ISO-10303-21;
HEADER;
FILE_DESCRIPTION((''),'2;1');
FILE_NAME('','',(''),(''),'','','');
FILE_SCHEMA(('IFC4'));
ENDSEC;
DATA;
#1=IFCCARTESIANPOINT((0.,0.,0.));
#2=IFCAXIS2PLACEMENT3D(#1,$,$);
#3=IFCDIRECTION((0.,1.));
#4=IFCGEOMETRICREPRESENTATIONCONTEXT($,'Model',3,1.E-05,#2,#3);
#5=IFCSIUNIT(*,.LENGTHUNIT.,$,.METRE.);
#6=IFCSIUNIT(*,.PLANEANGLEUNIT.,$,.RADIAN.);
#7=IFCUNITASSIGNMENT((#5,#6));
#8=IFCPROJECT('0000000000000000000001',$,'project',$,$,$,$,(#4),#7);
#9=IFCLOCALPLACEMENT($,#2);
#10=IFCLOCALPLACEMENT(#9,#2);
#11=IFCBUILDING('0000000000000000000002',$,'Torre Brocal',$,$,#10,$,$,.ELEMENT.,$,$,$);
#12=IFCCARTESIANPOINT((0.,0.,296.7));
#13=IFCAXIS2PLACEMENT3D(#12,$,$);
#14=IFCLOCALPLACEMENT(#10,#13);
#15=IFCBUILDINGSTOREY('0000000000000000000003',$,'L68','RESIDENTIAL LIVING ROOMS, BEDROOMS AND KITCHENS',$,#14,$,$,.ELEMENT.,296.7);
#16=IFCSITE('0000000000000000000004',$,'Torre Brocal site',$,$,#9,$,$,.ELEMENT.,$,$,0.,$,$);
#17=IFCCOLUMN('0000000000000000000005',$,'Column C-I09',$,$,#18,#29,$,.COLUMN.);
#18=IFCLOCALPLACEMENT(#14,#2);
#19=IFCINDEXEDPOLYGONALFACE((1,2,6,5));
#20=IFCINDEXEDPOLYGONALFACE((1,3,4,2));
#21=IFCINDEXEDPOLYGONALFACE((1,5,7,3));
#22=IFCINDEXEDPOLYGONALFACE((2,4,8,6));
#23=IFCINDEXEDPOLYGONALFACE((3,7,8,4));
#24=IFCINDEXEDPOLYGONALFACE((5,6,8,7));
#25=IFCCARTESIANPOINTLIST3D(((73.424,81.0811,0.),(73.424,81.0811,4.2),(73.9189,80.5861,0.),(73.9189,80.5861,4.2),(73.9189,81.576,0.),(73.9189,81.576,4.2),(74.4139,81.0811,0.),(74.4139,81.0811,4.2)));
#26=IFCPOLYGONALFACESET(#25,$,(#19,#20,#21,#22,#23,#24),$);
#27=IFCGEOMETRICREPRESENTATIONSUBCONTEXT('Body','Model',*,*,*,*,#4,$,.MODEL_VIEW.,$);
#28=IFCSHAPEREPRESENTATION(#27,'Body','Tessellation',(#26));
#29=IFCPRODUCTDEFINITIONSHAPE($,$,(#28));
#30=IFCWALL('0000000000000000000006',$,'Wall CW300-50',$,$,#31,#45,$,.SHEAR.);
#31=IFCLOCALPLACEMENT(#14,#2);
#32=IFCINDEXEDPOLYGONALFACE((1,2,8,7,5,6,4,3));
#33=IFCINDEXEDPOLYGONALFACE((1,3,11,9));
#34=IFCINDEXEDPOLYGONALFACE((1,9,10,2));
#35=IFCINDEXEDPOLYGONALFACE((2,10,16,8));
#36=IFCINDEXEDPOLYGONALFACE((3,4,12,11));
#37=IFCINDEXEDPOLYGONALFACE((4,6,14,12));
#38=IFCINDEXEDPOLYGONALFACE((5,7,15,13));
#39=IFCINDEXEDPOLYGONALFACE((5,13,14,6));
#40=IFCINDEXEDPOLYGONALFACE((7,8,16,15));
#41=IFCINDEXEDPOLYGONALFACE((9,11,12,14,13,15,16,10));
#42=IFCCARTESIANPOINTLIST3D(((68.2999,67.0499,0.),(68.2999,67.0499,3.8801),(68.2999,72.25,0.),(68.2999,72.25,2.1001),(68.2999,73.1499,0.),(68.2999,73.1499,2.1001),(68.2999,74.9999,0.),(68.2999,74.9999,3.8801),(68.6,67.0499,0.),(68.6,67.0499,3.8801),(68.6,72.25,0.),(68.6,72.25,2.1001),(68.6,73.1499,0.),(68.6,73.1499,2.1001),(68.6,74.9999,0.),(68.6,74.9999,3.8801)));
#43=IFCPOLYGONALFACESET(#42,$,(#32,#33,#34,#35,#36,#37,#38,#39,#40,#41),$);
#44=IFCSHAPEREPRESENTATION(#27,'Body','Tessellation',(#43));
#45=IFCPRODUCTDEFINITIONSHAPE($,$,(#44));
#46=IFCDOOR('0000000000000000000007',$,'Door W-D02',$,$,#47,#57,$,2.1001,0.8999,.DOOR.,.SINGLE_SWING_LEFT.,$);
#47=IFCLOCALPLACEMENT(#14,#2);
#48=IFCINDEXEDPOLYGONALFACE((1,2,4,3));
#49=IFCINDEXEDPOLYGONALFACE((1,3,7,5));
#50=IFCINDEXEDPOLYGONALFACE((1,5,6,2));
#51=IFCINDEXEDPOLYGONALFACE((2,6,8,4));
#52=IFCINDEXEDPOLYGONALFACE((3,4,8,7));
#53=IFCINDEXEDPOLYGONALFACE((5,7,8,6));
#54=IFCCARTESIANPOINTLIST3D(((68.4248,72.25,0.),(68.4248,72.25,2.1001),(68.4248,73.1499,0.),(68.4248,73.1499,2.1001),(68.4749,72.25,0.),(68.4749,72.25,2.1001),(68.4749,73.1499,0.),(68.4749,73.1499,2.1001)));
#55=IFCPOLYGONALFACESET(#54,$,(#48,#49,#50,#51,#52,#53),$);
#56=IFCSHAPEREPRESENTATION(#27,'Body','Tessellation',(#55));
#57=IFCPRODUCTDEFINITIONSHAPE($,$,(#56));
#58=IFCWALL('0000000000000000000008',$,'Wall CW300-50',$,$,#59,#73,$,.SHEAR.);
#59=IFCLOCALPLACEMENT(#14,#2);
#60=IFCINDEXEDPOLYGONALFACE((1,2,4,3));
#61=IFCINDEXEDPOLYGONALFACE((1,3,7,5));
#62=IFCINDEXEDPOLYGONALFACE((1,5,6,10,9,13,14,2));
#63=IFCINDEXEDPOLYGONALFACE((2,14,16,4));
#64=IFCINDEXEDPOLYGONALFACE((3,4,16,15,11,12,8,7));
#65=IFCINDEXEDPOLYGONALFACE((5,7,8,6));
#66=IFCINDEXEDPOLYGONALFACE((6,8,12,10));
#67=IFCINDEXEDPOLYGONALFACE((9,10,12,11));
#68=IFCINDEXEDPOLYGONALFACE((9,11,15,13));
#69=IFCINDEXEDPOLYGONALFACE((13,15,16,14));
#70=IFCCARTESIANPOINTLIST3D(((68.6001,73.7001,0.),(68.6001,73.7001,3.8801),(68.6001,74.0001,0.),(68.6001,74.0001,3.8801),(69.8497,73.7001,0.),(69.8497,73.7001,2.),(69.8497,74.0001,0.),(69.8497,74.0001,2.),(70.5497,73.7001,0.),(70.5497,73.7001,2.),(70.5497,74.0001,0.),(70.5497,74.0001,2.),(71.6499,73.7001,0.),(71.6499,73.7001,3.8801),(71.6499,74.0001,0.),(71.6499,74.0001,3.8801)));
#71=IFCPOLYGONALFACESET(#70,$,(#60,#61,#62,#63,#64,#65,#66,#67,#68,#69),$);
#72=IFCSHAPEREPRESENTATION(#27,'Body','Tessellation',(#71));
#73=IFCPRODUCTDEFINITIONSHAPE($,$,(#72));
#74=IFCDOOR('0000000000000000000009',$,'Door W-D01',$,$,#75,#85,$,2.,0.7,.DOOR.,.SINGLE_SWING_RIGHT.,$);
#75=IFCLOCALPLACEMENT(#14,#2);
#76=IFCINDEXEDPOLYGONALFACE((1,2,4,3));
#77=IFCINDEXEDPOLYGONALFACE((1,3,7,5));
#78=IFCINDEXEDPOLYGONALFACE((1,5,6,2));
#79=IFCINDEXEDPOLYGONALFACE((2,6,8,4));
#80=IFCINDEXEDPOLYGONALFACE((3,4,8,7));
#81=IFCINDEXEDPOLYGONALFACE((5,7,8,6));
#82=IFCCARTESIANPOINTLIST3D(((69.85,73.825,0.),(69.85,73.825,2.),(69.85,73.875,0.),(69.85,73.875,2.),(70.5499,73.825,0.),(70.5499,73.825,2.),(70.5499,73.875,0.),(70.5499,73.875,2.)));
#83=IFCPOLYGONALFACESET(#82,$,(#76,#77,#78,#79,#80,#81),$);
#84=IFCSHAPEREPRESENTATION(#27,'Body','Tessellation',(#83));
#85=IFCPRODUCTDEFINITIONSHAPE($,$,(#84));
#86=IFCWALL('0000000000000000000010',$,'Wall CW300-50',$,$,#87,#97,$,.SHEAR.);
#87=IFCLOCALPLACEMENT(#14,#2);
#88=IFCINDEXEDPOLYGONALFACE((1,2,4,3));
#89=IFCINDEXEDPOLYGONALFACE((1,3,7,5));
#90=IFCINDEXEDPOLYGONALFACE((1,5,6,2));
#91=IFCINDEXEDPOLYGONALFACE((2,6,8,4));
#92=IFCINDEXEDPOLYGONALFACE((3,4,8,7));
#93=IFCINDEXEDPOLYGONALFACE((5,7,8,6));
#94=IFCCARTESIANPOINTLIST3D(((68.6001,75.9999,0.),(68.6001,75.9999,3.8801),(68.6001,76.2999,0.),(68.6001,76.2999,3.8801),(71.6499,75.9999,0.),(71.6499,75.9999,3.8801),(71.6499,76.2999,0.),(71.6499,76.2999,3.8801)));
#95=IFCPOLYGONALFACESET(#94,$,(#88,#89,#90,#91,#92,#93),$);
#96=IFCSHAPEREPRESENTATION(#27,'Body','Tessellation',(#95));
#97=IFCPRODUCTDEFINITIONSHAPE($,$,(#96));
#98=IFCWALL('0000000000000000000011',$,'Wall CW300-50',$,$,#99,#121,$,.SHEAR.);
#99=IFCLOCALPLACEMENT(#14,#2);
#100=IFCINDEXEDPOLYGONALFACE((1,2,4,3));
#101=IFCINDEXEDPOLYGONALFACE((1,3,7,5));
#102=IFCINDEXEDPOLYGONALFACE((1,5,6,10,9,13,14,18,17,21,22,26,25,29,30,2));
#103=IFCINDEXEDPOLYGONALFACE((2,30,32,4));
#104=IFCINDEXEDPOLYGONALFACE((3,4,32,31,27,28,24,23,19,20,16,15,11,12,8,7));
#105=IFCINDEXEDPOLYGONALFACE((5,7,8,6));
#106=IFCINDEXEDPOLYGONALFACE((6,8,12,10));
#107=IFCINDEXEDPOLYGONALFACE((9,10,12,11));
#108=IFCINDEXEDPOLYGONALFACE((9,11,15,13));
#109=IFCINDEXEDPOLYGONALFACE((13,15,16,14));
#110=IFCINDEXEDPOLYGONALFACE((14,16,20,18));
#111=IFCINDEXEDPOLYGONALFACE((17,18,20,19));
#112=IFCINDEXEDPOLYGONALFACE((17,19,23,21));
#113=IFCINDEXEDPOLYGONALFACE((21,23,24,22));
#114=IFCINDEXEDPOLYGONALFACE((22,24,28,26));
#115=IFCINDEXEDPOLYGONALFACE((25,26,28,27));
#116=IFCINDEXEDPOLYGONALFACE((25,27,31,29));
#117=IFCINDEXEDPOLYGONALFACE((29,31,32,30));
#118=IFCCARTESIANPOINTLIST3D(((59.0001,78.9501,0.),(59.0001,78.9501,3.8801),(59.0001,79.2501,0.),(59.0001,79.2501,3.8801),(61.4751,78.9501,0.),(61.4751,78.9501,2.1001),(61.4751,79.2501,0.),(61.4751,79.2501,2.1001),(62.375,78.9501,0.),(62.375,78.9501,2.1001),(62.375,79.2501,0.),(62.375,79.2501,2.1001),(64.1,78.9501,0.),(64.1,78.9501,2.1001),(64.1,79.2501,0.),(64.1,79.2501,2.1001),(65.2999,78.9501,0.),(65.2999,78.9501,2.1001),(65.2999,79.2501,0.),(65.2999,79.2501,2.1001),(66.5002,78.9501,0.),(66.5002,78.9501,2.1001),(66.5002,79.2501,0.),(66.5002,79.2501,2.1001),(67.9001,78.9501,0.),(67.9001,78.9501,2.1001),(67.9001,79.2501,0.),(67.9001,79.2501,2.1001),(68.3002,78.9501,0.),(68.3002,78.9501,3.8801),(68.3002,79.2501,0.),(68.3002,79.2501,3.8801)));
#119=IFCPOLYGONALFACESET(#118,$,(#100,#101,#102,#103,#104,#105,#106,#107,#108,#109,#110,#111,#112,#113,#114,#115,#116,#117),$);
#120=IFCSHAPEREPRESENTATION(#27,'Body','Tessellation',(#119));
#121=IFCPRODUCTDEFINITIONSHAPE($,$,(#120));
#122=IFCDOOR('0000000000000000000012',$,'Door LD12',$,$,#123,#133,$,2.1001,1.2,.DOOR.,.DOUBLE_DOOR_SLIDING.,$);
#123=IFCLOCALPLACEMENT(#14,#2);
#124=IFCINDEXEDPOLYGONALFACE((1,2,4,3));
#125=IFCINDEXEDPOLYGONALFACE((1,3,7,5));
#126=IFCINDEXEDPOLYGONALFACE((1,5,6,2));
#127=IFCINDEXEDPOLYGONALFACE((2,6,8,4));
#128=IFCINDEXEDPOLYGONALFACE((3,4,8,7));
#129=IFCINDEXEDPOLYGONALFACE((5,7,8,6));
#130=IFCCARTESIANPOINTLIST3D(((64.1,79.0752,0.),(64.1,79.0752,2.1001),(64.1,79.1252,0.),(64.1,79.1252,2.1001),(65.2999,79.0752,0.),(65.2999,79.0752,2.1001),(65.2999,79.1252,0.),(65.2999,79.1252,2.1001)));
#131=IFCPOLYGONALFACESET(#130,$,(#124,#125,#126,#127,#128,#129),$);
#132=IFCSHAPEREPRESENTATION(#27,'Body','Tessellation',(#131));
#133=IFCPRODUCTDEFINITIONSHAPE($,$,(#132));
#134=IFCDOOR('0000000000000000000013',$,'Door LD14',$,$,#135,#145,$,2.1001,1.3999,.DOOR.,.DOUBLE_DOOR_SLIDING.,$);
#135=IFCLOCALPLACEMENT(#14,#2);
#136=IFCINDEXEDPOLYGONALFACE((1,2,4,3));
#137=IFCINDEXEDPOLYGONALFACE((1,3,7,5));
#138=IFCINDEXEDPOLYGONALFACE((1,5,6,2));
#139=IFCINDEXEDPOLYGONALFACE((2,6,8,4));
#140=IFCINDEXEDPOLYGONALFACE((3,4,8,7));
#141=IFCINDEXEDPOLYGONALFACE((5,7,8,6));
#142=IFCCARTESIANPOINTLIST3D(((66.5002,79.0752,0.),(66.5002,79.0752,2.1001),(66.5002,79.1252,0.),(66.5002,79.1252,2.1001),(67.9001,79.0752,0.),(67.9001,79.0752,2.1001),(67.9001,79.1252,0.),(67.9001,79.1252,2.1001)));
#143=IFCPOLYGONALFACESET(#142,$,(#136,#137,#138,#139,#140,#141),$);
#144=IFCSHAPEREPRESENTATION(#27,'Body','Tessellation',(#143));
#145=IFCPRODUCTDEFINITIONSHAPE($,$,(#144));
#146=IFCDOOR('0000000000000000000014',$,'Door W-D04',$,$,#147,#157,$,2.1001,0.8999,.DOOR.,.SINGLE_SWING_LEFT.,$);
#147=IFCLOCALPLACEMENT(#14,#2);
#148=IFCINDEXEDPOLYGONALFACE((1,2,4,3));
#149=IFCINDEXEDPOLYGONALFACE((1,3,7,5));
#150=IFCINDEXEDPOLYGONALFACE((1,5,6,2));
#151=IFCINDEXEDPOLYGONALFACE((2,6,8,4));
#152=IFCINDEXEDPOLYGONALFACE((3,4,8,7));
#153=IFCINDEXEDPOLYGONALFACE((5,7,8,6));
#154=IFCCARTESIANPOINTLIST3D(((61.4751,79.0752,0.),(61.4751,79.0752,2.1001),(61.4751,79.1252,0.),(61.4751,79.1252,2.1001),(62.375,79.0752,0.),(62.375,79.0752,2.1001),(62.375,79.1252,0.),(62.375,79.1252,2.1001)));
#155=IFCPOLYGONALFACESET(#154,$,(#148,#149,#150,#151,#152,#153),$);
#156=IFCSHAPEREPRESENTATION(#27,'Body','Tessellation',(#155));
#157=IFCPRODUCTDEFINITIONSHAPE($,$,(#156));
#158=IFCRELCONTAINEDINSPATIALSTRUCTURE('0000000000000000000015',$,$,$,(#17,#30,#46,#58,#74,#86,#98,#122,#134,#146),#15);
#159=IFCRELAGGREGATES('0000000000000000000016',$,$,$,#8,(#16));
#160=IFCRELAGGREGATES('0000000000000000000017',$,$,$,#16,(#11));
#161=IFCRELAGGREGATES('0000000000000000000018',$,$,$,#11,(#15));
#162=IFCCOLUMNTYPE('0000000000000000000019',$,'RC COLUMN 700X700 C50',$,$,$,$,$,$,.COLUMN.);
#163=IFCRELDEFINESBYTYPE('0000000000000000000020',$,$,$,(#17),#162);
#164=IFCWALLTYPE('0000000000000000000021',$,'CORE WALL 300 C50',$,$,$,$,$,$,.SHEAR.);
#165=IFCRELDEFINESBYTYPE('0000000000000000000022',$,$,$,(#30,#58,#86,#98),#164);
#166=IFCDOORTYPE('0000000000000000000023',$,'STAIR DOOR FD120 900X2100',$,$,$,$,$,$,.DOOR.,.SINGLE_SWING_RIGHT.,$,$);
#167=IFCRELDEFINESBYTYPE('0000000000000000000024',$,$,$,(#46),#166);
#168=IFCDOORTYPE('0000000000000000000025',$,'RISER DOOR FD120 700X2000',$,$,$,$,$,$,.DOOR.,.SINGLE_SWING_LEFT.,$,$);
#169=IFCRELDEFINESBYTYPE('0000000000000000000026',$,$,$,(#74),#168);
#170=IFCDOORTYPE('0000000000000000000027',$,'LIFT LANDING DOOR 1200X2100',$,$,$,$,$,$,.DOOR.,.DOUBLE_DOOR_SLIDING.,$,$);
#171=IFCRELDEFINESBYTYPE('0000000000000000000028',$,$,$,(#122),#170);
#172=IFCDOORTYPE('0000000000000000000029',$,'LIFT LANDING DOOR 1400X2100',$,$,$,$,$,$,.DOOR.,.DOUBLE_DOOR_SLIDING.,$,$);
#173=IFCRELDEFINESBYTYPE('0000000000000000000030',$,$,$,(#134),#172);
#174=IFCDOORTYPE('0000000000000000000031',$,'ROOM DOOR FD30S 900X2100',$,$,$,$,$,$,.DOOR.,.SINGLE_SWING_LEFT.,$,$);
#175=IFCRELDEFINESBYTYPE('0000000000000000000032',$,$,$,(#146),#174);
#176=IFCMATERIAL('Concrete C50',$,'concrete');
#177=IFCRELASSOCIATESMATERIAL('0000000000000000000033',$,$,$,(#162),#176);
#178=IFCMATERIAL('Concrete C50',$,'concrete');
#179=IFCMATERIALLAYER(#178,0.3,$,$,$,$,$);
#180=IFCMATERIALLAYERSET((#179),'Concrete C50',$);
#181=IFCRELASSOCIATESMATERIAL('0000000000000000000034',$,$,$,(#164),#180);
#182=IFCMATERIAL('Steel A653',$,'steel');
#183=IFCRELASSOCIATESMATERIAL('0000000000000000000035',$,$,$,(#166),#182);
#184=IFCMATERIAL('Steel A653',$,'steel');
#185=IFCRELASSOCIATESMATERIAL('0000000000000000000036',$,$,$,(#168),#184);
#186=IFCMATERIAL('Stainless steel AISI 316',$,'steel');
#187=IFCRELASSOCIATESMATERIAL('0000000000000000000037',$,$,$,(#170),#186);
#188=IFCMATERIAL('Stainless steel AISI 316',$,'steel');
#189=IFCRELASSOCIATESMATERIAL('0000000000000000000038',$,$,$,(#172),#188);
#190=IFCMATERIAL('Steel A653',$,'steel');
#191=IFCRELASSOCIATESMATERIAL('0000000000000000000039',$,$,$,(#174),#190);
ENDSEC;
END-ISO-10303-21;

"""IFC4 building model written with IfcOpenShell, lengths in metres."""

from ifc_helpers import new_model, si_unit, direction, frame, frame_2d, origin, origin_2d, place, context, subcontext, project, spatial, rectangle, extrude, material, layer, layer_set, material_profile, profile_set, type_object, element, fill, save


model = new_model("IFC4")

# Units and contexts
model_context = context("Model", 3, precision=1e-05, world=origin(), true_north=direction((0.0, 1.0)))
body_context = subcontext(model_context, "Body", "Model", "MODEL_VIEW")
ifc_project = project(units=[si_unit("LENGTHUNIT", "METRE"), si_unit("PLANEANGLEUNIT", "RADIAN")], contexts=[model_context])

# Site, building, storey
site_placement = place(None, origin())
site = spatial("IfcSite", under=ifc_project, at=site_placement, Name="Torre Brocal site", CompositionType="ELEMENT", RefElevation=0.0)
building_placement = place(site_placement, origin())
building = spatial("IfcBuilding", under=site, at=building_placement, Name="Torre Brocal", CompositionType="ELEMENT")
storey_placement = place(building_placement, frame((0.0, 0.0, 296.7)))
storey = spatial("IfcBuildingStorey", under=building, at=storey_placement, Name="L68", Description="RESIDENTIAL LIVING ROOMS, BEDROOMS AND KITCHENS", CompositionType="ELEMENT", Elevation=296.7)

# Column
ifc_material_1 = material(Name="Concrete C50", Category="concrete")
ifc_material_profile = material_profile(ifc_material_1, rectangle(XDim=0.7, YDim=0.7, at=origin_2d()), Name="RC 700X700")
ifc_profile_set = profile_set([ifc_material_profile], Name="Concrete C50")
column_type = type_object("IfcColumnType", Name="RC COLUMN 700X700 C50", PredefinedType="COLUMN", material=ifc_profile_set)
column_placement = place(storey_placement, frame((73.9189, 81.0811, 0.0), z_axis=(0.0, 0.0, 1.0), x_axis=(-0.707107, 0.707107, 0.0)))
element("IfcColumn", 1, at=column_placement, inside=storey, type_object=column_type, Name="Column C-I09", PredefinedType="COLUMN", context=body_context, shape_type="SweptSolid", body=[
    extrude(rectangle(XDim=0.7, YDim=0.7, at=origin_2d()), origin(), (0.0, 0.0, 1.0), 4.2),
])

# Walls, openings, doors
ifc_material_2 = material(Name="Concrete C50", Category="concrete")
ifc_layer_1 = layer(ifc_material_2, 0.3)
ifc_layer_set_1 = layer_set([ifc_layer_1], Name="Concrete C50")
wall_type_1 = type_object("IfcWallType", Name="CORE WALL 300 C50", PredefinedType="SHEAR", material=ifc_layer_set_1)
wall_1_placement = place(storey_placement, frame((68.45, 75.0, 0.0), z_axis=(0.0, 0.0, 1.0), x_axis=(0.0, -1.0, 0.0)))
wall_1 = element("IfcWall", 2, at=wall_1_placement, inside=storey, type_object=wall_type_1, Name="Wall CW300-50", PredefinedType="SHEAR", context=body_context, shape_type="SweptSolid", body=[
    extrude(rectangle(XDim=7.95, YDim=0.3, at=frame_2d((3.9751, 0.0))), origin(), (0.0, 0.0, 1.0), 3.8801),
])
opening_1_placement = place(wall_1_placement, frame((1.8501, 0.0, 0.0)))
opening_1 = element("IfcOpeningElement", 3, at=opening_1_placement, cuts=wall_1, PredefinedType="OPENING", context=body_context, shape_type="SweptSolid", body=[
    extrude(rectangle(XDim=0.8999, YDim=2.1001, at=frame_2d((0.45, 1.05))), frame((0.0, 0.1599, 0.0), z_axis=(0.0, -1.0, 0.0), x_axis=(1.0, 0.0, 0.0)), (0.0, 0.0, 1.0), 0.3201),
])
ifc_material_3 = material(Name="Steel A653", Category="steel")
door_type_1 = type_object("IfcDoorType", Name="STAIR DOOR FD120 900X2100", OperationType="SINGLE_SWING_RIGHT", PredefinedType="DOOR", material=ifc_material_3)
door_1_placement = place(opening_1_placement, origin())
door_1 = element("IfcDoor", 4, at=door_1_placement, inside=storey, type_object=door_type_1, Name="Door W-D02", OperationType="SINGLE_SWING_LEFT", OverallHeight=2.1001, OverallWidth=0.8999, PredefinedType="DOOR", context=body_context, shape_type="SweptSolid", body=[
    extrude(rectangle(XDim=0.8999, YDim=2.1001, at=frame_2d((0.45, 1.05))), frame((0.0, 0.0249, 0.0), z_axis=(0.0, -1.0, 0.0), x_axis=(1.0, 0.0, 0.0)), (0.0, 0.0, 1.0), 0.05),
])
fill(opening_1, door_1)
wall_2_placement = place(storey_placement, frame((71.6499, 73.8501, 0.0), z_axis=(0.0, 0.0, 1.0), x_axis=(-1.0, 0.0, 0.0)))
wall_2 = element("IfcWall", 5, at=wall_2_placement, inside=storey, type_object=wall_type_1, Name="Wall CW300-50", PredefinedType="SHEAR", context=body_context, shape_type="SweptSolid", body=[
    extrude(rectangle(XDim=3.0498, YDim=0.3, at=frame_2d((1.5249, 0.0))), origin(), (0.0, 0.0, 1.0), 3.8801),
])
opening_2_placement = place(wall_2_placement, frame((1.1001, 0.0, 0.0)))
opening_2 = element("IfcOpeningElement", 6, at=opening_2_placement, cuts=wall_2, PredefinedType="OPENING", context=body_context, shape_type="SweptSolid", body=[
    extrude(rectangle(XDim=0.7, YDim=2.0, at=frame_2d((0.3501, 1.0))), frame((0.0, 0.1599, 0.0), z_axis=(0.0, -1.0, 0.0), x_axis=(1.0, 0.0, 0.0)), (0.0, 0.0, 1.0), 0.3201),
])
ifc_material_4 = material(Name="Steel A653", Category="steel")
door_type_2 = type_object("IfcDoorType", Name="RISER DOOR FD120 700X2000", OperationType="SINGLE_SWING_LEFT", PredefinedType="DOOR", material=ifc_material_4)
door_2_placement = place(opening_2_placement, frame((0.7, 0.0, 0.0), z_axis=(0.0, 0.0, 1.0), x_axis=(-1.0, 0.0, 0.0)))
door_2 = element("IfcDoor", 7, at=door_2_placement, inside=storey, type_object=door_type_2, Name="Door W-D01", OperationType="SINGLE_SWING_RIGHT", OverallHeight=2.0, OverallWidth=0.7, PredefinedType="DOOR", context=body_context, shape_type="SweptSolid", body=[
    extrude(rectangle(XDim=0.7, YDim=2.0, at=frame_2d((0.3501, 1.0))), frame((0.0, 0.0249, 0.0), z_axis=(0.0, -1.0, 0.0), x_axis=(1.0, 0.0, 0.0)), (0.0, 0.0, 1.0), 0.05),
])
fill(opening_2, door_2)

# Wall
wall_3_placement = place(storey_placement, frame((71.6499, 76.1499, 0.0), z_axis=(0.0, 0.0, 1.0), x_axis=(-1.0, 0.0, 0.0)))
element("IfcWall", 8, at=wall_3_placement, inside=storey, type_object=wall_type_1, Name="Wall CW300-50", PredefinedType="SHEAR", context=body_context, shape_type="SweptSolid", body=[
    extrude(rectangle(XDim=3.0498, YDim=0.3, at=frame_2d((1.5249, 0.0))), origin(), (0.0, 0.0, 1.0), 3.8801),
])

# Wall, openings, doors
wall_4_placement = place(storey_placement, frame((68.3, 79.1001, 0.0), z_axis=(0.0, 0.0, 1.0), x_axis=(-1.0, 0.0, 0.0)))
wall_4 = element("IfcWall", 9, at=wall_4_placement, inside=storey, type_object=wall_type_1, Name="Wall CW300-50", PredefinedType="SHEAR", context=body_context, shape_type="SweptSolid", body=[
    extrude(rectangle(XDim=9.3, YDim=0.3, at=frame_2d((4.6499, 0.0))), origin(), (0.0, 0.0, 1.0), 3.8801),
])
opening_3_placement = place(wall_4_placement, frame((0.3999, 0.0, 0.0)))
opening_3 = element("IfcOpeningElement", 10, at=opening_3_placement, cuts=wall_4, PredefinedType="OPENING", context=body_context, shape_type="SweptSolid", body=[
    extrude(rectangle(XDim=1.3999, YDim=2.1001, at=frame_2d((0.7, 1.05))), frame((0.0, 0.1599, 0.0), z_axis=(0.0, -1.0, 0.0), x_axis=(1.0, 0.0, 0.0)), (0.0, 0.0, 1.0), 0.3201),
])
opening_4_placement = place(wall_4_placement, frame((3.0, 0.0, 0.0)))
opening_4 = element("IfcOpeningElement", 11, at=opening_4_placement, cuts=wall_4, PredefinedType="OPENING", context=body_context, shape_type="SweptSolid", body=[
    extrude(rectangle(XDim=1.2, YDim=2.1001, at=frame_2d((0.6001, 1.05))), frame((0.0, 0.1599, 0.0), z_axis=(0.0, -1.0, 0.0), x_axis=(1.0, 0.0, 0.0)), (0.0, 0.0, 1.0), 0.3201),
])
opening_5_placement = place(wall_4_placement, frame((5.925, 0.0, 0.0)))
opening_5 = element("IfcOpeningElement", 12, at=opening_5_placement, cuts=wall_4, PredefinedType="OPENING", context=body_context, shape_type="SweptSolid", body=[
    extrude(rectangle(XDim=0.8999, YDim=2.1001, at=frame_2d((0.45, 1.05))), frame((0.0, 0.1599, 0.0), z_axis=(0.0, -1.0, 0.0), x_axis=(1.0, 0.0, 0.0)), (0.0, 0.0, 1.0), 0.3201),
])
ifc_material_5 = material(Name="Stainless steel AISI 316", Category="steel")
door_type_3 = type_object("IfcDoorType", Name="LIFT LANDING DOOR 1200X2100", OperationType="DOUBLE_DOOR_SLIDING", PredefinedType="DOOR", material=ifc_material_5)
door_3_placement = place(opening_4_placement, origin())
door_3 = element("IfcDoor", 13, at=door_3_placement, inside=storey, type_object=door_type_3, Name="Door LD12", OperationType="DOUBLE_DOOR_SLIDING", OverallHeight=2.1001, OverallWidth=1.2, PredefinedType="DOOR", context=body_context, shape_type="SweptSolid", body=[
    extrude(rectangle(XDim=1.2, YDim=2.1001, at=frame_2d((0.6001, 1.05))), frame((0.0, 0.0249, 0.0), z_axis=(0.0, -1.0, 0.0), x_axis=(1.0, 0.0, 0.0)), (0.0, 0.0, 1.0), 0.05),
])
fill(opening_4, door_3)
ifc_material_6 = material(Name="Stainless steel AISI 316", Category="steel")
door_type_4 = type_object("IfcDoorType", Name="LIFT LANDING DOOR 1400X2100", OperationType="DOUBLE_DOOR_SLIDING", PredefinedType="DOOR", material=ifc_material_6)
door_4_placement = place(opening_3_placement, origin())
door_4 = element("IfcDoor", 14, at=door_4_placement, inside=storey, type_object=door_type_4, Name="Door LD14", OperationType="DOUBLE_DOOR_SLIDING", OverallHeight=2.1001, OverallWidth=1.3999, PredefinedType="DOOR", context=body_context, shape_type="SweptSolid", body=[
    extrude(rectangle(XDim=1.3999, YDim=2.1001, at=frame_2d((0.7, 1.05))), frame((0.0, 0.0249, 0.0), z_axis=(0.0, -1.0, 0.0), x_axis=(1.0, 0.0, 0.0)), (0.0, 0.0, 1.0), 0.05),
])
fill(opening_3, door_4)
ifc_material_7 = material(Name="Steel A653", Category="steel")
door_type_5 = type_object("IfcDoorType", Name="ROOM DOOR FD30S 900X2100", OperationType="SINGLE_SWING_LEFT", PredefinedType="DOOR", material=ifc_material_7)
door_5_placement = place(opening_5_placement, origin())
door_5 = element("IfcDoor", 15, at=door_5_placement, inside=storey, type_object=door_type_5, Name="Door W-D04", OperationType="SINGLE_SWING_LEFT", OverallHeight=2.1001, OverallWidth=0.8999, PredefinedType="DOOR", context=body_context, shape_type="SweptSolid", body=[
    extrude(rectangle(XDim=0.8999, YDim=2.1001, at=frame_2d((0.45, 1.05))), frame((0.0, 0.0249, 0.0), z_axis=(0.0, -1.0, 0.0), x_axis=(1.0, 0.0, 0.0)), (0.0, 0.0, 1.0), 0.05),
])
fill(opening_5, door_5)

save(model, "model.ifc")
